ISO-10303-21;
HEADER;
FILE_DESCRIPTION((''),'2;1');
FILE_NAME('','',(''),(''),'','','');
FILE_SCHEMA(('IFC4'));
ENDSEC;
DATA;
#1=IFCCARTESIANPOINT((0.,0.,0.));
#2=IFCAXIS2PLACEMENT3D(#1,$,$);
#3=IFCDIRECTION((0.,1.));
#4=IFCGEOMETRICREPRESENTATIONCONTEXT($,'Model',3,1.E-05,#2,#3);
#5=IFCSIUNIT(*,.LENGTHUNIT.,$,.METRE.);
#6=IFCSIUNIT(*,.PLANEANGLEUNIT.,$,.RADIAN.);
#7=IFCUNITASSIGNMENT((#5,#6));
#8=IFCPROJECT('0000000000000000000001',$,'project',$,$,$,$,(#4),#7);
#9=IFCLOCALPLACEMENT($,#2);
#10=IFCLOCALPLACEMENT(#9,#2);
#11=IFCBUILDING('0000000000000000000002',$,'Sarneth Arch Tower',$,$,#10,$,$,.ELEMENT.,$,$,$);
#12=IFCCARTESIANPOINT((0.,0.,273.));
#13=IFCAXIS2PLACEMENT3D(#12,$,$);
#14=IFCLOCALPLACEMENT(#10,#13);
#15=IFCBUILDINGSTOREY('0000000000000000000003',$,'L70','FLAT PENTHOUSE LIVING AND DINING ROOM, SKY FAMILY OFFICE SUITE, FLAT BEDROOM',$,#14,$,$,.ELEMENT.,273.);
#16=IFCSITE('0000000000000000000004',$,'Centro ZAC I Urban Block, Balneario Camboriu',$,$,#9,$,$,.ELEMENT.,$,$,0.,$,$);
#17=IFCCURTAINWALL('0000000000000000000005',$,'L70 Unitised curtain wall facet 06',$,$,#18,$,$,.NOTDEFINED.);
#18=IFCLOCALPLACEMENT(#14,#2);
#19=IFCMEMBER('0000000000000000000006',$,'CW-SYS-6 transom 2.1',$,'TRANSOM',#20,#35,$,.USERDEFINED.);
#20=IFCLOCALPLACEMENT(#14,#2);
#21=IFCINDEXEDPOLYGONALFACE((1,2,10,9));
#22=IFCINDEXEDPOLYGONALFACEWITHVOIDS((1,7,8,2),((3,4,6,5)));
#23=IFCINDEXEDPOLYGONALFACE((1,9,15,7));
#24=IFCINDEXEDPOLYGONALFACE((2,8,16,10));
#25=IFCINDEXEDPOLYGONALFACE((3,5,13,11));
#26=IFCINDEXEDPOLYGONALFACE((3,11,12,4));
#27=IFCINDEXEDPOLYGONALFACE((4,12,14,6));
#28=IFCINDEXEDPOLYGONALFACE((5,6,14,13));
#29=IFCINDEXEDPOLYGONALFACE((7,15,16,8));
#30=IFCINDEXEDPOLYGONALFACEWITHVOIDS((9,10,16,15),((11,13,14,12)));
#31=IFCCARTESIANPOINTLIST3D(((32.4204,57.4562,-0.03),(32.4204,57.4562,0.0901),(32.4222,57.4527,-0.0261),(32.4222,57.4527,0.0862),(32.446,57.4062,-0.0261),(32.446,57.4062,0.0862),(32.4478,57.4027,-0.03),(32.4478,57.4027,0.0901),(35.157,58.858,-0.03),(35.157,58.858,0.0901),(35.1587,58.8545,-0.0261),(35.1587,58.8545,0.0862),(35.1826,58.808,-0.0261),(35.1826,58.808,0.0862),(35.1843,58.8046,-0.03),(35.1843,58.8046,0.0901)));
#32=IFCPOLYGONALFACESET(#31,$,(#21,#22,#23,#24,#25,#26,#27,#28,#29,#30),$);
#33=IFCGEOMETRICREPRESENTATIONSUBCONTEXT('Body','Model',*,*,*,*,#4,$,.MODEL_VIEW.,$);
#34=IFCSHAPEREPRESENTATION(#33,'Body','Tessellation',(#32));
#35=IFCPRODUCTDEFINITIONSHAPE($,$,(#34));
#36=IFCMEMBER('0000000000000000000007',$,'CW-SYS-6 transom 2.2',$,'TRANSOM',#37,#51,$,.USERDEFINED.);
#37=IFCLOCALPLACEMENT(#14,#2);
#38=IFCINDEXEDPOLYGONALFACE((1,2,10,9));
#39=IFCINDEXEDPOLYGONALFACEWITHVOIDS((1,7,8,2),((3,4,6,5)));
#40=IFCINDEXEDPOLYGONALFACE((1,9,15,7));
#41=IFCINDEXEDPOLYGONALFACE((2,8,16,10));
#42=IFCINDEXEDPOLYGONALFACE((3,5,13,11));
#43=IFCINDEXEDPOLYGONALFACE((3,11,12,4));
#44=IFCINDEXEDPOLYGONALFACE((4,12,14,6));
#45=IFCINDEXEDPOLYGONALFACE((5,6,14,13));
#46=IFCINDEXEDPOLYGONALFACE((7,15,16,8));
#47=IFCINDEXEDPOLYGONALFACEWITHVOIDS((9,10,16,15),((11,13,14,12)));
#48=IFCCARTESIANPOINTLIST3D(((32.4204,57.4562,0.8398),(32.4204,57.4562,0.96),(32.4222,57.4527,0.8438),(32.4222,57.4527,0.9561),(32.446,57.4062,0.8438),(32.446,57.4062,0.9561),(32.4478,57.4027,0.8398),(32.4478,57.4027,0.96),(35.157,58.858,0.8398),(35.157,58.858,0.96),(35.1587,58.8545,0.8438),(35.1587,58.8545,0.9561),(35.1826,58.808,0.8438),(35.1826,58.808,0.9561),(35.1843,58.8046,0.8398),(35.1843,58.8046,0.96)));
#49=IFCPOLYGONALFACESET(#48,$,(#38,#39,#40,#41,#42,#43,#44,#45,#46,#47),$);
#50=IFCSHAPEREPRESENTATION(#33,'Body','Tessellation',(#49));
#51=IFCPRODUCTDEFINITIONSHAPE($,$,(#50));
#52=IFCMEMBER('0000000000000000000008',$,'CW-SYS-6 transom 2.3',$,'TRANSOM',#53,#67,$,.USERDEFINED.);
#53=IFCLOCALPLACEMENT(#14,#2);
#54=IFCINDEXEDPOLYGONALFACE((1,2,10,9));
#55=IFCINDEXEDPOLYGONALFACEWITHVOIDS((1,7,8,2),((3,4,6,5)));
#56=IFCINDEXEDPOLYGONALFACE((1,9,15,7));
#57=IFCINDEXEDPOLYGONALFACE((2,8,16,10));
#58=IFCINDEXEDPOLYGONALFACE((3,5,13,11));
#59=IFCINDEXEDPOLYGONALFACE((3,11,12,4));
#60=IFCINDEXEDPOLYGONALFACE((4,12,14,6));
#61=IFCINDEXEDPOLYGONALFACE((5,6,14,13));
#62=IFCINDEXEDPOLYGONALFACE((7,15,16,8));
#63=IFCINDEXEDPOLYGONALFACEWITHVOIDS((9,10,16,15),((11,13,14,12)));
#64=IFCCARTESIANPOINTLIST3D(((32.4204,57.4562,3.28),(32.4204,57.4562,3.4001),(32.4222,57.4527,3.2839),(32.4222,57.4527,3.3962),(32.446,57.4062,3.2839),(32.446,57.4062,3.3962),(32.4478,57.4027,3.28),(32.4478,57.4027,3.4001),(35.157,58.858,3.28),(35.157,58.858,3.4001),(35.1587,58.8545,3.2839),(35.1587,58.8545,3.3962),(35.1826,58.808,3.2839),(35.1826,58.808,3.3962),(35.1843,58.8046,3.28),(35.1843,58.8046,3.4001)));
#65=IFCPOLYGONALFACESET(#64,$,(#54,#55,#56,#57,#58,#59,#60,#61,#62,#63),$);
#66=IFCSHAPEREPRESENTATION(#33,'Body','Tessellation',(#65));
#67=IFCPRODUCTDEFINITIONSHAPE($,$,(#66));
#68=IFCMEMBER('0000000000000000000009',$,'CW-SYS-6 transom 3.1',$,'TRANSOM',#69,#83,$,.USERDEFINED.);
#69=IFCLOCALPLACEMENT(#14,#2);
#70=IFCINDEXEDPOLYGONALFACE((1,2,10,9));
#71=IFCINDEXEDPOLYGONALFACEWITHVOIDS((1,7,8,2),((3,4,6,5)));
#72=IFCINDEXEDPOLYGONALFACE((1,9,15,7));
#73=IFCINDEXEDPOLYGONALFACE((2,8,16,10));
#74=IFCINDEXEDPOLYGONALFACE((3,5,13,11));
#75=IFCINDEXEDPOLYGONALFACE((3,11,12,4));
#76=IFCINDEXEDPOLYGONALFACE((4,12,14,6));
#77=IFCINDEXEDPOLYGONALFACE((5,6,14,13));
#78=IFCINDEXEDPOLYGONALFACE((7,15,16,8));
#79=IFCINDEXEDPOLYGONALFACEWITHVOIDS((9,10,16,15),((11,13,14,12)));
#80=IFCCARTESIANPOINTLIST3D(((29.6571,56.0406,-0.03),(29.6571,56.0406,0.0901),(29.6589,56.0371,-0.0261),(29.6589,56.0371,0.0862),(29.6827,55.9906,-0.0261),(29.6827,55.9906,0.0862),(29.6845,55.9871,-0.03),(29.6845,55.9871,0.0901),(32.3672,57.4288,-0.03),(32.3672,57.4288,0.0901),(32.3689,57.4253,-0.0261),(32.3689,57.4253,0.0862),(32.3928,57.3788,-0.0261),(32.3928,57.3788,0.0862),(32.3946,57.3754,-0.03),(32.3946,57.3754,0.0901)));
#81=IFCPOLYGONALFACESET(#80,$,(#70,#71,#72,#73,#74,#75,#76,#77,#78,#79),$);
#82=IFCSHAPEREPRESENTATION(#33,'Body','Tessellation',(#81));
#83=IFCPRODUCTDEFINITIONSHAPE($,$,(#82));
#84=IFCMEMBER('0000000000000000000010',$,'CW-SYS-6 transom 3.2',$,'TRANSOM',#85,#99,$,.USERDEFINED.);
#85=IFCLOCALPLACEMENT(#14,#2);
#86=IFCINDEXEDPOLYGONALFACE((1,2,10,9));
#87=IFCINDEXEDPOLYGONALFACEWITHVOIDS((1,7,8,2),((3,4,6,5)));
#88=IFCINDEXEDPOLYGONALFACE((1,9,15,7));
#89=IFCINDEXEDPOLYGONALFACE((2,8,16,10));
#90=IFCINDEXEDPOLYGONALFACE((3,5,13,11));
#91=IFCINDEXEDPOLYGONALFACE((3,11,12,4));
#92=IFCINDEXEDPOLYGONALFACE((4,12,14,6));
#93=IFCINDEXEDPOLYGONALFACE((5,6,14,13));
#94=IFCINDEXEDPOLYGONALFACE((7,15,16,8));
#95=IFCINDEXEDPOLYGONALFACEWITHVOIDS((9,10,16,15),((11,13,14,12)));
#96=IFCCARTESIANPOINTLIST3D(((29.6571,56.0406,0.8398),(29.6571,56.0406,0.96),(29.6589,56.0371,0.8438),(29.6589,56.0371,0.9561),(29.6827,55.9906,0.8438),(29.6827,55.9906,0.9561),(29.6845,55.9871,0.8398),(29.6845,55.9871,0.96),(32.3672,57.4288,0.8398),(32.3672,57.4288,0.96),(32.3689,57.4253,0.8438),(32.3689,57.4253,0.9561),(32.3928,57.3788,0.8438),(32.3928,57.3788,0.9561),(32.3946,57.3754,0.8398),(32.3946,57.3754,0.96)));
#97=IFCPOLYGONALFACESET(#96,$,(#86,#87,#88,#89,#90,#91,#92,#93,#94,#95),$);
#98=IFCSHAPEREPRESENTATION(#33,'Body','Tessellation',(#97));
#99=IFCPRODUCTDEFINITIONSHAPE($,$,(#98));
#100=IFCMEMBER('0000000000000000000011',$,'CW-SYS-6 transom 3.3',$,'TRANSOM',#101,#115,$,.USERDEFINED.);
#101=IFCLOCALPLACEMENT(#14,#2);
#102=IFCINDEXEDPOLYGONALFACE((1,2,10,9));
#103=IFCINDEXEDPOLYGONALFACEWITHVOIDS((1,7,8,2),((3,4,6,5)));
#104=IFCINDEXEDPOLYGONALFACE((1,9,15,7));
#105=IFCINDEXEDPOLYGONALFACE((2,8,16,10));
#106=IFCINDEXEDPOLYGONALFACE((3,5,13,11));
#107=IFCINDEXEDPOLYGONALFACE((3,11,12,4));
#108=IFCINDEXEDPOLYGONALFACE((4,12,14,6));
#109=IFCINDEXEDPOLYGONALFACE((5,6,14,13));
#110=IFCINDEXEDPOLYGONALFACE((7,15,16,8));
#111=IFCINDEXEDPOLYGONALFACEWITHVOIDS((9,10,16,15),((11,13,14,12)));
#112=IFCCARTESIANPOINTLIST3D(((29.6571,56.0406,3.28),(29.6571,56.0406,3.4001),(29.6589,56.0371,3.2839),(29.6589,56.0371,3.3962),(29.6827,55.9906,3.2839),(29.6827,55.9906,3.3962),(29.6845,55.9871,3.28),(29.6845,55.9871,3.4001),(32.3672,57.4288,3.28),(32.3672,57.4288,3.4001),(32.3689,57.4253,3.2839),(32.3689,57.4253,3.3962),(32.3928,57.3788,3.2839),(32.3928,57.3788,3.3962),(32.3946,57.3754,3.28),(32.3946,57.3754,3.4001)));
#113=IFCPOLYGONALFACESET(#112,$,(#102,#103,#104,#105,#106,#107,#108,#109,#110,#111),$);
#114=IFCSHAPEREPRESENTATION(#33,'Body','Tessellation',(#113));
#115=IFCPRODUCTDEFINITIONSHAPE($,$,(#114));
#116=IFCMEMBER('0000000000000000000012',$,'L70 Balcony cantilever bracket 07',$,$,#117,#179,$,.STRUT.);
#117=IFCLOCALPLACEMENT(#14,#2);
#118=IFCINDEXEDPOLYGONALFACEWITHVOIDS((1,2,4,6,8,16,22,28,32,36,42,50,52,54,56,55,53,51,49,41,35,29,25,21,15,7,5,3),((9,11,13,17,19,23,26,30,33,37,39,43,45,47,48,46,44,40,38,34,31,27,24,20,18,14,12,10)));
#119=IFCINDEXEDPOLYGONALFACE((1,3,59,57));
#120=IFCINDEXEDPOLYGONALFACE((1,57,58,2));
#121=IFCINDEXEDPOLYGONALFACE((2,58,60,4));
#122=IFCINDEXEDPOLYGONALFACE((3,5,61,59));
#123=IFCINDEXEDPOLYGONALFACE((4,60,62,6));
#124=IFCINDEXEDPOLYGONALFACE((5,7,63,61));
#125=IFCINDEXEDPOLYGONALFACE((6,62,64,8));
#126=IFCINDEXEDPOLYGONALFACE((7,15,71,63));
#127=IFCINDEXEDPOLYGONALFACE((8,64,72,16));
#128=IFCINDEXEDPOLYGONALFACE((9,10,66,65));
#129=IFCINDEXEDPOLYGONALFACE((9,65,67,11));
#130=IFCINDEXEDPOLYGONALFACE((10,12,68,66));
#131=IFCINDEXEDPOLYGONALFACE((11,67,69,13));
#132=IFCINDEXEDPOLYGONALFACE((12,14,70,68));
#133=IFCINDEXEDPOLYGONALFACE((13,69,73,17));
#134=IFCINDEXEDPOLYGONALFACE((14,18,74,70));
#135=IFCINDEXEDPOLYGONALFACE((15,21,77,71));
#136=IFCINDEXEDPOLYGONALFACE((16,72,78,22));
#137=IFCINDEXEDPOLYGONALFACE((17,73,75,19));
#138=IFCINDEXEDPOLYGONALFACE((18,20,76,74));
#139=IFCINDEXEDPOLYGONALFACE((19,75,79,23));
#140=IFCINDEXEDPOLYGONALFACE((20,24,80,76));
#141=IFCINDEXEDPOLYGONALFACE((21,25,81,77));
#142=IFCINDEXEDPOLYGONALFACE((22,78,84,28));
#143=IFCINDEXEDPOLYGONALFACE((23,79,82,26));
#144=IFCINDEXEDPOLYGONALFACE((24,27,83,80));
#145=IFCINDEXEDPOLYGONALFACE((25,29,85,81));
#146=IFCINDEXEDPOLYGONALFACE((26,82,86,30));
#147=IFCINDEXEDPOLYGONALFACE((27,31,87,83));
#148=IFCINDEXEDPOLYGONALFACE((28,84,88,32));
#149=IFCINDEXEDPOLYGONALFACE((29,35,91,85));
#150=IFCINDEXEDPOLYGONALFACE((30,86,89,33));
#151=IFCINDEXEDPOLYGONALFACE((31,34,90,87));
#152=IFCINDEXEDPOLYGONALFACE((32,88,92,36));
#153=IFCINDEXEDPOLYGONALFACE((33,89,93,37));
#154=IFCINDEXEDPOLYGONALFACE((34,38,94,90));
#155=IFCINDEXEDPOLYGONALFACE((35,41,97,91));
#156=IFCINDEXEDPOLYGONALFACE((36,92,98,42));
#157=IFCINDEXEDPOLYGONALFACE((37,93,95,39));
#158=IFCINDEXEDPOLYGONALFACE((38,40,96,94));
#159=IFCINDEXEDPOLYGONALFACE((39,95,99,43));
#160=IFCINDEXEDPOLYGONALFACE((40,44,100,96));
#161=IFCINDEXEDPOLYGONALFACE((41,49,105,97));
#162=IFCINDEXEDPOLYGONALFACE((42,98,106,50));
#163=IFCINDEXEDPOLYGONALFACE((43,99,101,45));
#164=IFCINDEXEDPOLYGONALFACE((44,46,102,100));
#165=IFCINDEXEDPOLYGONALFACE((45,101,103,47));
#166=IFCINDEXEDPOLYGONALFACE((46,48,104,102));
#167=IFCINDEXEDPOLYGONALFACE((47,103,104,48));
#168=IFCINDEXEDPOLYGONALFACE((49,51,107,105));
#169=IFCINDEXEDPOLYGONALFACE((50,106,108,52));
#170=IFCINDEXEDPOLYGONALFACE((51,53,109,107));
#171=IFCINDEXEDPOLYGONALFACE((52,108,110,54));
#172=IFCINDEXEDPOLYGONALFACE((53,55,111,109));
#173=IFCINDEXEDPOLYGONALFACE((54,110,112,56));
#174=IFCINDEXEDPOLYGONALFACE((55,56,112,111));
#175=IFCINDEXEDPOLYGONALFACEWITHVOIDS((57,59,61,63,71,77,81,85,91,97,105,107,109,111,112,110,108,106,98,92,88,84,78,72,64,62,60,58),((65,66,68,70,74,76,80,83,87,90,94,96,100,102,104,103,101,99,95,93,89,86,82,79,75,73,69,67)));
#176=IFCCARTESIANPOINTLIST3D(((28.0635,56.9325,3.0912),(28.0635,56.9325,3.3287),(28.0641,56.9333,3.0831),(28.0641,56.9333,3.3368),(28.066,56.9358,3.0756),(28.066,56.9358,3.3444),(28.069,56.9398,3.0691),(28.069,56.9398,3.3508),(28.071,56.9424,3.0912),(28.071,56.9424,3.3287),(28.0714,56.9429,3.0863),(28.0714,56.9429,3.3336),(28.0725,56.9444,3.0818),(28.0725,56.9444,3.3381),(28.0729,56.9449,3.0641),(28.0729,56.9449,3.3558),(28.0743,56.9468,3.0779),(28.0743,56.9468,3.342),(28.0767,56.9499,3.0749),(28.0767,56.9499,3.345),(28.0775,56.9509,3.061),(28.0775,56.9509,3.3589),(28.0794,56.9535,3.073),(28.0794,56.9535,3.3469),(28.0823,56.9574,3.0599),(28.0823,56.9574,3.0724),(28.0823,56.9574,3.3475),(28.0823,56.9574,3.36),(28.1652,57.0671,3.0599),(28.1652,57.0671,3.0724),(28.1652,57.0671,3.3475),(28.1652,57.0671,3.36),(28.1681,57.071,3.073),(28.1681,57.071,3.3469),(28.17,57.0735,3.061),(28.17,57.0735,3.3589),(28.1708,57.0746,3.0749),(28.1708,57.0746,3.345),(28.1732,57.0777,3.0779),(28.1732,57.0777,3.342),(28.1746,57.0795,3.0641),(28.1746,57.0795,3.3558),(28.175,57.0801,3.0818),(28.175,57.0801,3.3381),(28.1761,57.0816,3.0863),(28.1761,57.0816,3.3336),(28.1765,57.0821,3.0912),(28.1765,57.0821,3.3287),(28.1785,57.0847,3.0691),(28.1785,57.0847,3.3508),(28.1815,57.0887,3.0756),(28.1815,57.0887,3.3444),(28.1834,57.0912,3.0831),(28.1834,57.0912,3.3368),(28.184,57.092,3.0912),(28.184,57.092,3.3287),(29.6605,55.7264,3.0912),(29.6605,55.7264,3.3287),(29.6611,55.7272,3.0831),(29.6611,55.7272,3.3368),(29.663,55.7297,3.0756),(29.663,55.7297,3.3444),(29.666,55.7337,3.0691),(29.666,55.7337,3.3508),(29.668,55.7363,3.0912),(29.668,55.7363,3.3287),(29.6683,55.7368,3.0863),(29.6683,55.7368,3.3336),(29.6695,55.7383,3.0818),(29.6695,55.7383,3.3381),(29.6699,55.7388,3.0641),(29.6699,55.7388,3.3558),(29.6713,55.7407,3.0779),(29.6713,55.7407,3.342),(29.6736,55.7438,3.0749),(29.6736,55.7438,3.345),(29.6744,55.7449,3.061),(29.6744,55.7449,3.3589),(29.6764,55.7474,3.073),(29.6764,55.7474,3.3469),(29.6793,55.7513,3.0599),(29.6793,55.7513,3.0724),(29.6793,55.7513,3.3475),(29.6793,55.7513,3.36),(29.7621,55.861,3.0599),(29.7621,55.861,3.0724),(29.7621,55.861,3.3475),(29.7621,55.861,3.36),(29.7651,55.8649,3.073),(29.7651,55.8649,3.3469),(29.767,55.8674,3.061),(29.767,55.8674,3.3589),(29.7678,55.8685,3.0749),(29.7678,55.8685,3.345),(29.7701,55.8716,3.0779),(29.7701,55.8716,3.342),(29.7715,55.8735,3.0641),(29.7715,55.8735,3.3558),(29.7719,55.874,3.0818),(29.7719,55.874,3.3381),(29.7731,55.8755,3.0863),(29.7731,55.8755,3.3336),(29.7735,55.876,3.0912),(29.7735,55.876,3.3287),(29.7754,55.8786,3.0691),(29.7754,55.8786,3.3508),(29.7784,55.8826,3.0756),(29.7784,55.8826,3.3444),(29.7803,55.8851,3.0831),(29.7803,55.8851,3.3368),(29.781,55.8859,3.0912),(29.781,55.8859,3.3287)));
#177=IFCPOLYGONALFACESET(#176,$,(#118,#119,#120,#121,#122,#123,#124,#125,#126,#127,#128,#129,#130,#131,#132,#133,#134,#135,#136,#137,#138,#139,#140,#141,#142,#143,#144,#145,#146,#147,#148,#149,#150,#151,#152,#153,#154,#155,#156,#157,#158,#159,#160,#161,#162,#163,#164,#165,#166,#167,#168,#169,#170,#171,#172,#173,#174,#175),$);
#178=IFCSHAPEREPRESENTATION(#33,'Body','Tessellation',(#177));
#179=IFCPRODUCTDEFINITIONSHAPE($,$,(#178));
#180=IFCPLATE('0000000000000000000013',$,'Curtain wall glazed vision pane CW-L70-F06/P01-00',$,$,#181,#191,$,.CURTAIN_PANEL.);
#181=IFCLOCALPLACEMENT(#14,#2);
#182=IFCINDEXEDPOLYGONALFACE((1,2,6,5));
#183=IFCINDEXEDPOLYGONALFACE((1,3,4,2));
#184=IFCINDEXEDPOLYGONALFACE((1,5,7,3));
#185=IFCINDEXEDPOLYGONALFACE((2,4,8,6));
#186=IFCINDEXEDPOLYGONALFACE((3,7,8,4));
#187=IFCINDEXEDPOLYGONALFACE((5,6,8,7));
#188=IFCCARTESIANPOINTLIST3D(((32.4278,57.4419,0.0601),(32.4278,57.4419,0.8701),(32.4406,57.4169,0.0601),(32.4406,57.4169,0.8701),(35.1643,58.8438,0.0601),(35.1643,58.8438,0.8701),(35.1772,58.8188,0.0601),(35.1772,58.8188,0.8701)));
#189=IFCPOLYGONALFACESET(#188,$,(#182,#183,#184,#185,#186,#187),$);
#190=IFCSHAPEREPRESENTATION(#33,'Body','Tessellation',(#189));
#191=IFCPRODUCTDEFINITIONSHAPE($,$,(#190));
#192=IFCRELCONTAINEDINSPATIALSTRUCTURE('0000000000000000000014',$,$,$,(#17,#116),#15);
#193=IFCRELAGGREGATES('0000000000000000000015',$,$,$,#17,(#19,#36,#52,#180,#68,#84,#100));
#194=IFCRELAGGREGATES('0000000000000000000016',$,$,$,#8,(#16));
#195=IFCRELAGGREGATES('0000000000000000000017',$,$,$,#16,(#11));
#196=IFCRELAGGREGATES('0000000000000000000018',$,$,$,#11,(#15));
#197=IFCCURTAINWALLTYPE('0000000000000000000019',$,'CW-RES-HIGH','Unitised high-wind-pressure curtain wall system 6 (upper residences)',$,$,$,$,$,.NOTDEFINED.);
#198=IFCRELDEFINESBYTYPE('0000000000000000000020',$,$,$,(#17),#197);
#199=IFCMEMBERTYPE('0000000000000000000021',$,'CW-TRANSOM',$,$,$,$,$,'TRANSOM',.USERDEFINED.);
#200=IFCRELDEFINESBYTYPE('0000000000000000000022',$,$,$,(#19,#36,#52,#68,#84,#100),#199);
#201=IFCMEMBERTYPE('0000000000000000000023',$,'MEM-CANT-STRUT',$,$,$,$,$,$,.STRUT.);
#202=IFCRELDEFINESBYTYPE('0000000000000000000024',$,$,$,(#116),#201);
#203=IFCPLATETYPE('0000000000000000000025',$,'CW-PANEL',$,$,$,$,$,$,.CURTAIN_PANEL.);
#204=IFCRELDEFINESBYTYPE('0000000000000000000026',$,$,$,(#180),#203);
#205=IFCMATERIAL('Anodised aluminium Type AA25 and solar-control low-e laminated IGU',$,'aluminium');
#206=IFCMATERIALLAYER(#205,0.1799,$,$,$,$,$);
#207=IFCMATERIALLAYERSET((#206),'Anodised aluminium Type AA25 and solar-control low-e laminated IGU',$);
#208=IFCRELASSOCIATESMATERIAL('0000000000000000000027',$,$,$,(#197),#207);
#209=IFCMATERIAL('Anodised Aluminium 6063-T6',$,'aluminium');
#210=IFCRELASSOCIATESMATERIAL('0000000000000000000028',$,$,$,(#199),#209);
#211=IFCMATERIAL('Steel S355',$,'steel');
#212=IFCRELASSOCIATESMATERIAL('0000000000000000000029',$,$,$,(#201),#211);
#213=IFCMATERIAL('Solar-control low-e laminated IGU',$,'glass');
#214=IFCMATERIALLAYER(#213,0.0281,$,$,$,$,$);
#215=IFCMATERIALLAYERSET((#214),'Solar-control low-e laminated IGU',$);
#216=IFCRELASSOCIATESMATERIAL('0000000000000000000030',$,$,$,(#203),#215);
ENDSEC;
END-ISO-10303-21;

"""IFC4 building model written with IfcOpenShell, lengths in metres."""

from ifc_helpers import new_model, si_unit, direction, frame, origin, origin_2d, place, context, subcontext, project, spatial, rectangle, hollow_rectangle, extrude, material, layer, layer_set, material_profile, profile_set, type_object, element, aggregate, save


model = new_model("IFC4")

# Units and contexts
model_context = context("Model", 3, precision=1e-05, world=origin(), true_north=direction((0.0, 1.0)))
body_context = subcontext(model_context, "Body", "Model", "MODEL_VIEW")
ifc_project = project(units=[si_unit("LENGTHUNIT", "METRE"), si_unit("PLANEANGLEUNIT", "RADIAN")], contexts=[model_context])

# Site, building, storey
site_placement = place(None, origin())
site = spatial("IfcSite", under=ifc_project, at=site_placement, Name="Centro ZAC I Urban Block, Balneario Camboriu", CompositionType="ELEMENT", RefElevation=0.0)
building_placement = place(site_placement, origin())
building = spatial("IfcBuilding", under=site, at=building_placement, Name="Sarneth Arch Tower", CompositionType="ELEMENT")
storey_placement = place(building_placement, frame((0.0, 0.0, 273.0)))
storey = spatial("IfcBuildingStorey", under=building, at=storey_placement, Name="L70", Description="FLAT PENTHOUSE LIVING AND DINING ROOM, SKY FAMILY OFFICE SUITE, FLAT BEDROOM", CompositionType="ELEMENT", Elevation=273.0)

# Curtain wall, members
ifc_material_1 = material(Name="Anodised aluminium Type AA25 and solar-control low-e laminated IGU", Category="aluminium")
ifc_layer_1 = layer(ifc_material_1, 0.1799)
ifc_layer_set_1 = layer_set([ifc_layer_1], Name="Anodised aluminium Type AA25 and solar-control low-e laminated IGU")
curtain_wall_type = type_object("IfcCurtainWallType", Name="CW-RES-HIGH", Description="Unitised high-wind-pressure curtain wall system 6 (upper residences)", PredefinedType="NOTDEFINED", material=ifc_layer_set_1)
curtain_wall_placement = place(storey_placement, origin())
curtain_wall = element("IfcCurtainWall", 1, at=curtain_wall_placement, inside=storey, type_object=curtain_wall_type, Name="L70 Unitised curtain wall facet 06", PredefinedType="NOTDEFINED")
ifc_material_2 = material(Name="Anodised Aluminium 6063-T6", Category="aluminium")
ifc_material_profile_1 = material_profile(ifc_material_2, hollow_rectangle(XDim=0.0601, YDim=0.1201, WallThickness=0.0039, at=origin_2d()), Name="AL-TRAN-120x60x4")
ifc_profile_set_1 = profile_set([ifc_material_profile_1], Name="Anodised Aluminium 6063-T6")
member_type_1 = type_object("IfcMemberType", Name="CW-TRANSOM", ElementType="TRANSOM", PredefinedType="USERDEFINED", material=ifc_profile_set_1)
member_1_placement = place(storey_placement, frame((35.1707, 58.8313, 0.03), z_axis=(-0.890017, -0.455926, 0.0), x_axis=(0.455926, -0.890017, 0.0)))
member_1 = element("IfcMember", 2, at=member_1_placement, type_object=member_type_1, Name="CW-SYS-6 transom 2.1", ObjectType="TRANSOM", PredefinedType="USERDEFINED", context=body_context, shape_type="SweptSolid", body=[
    extrude(hollow_rectangle(XDim=0.0601, YDim=0.1201, WallThickness=0.0039, at=origin_2d()), origin(), (0.0, 0.0, 1.0), 3.0747),
])
member_2_placement = place(storey_placement, frame((35.1707, 58.8313, 0.8999), z_axis=(-0.890017, -0.455926, 0.0), x_axis=(0.455926, -0.890017, 0.0)))
member_2 = element("IfcMember", 3, at=member_2_placement, type_object=member_type_1, Name="CW-SYS-6 transom 2.2", ObjectType="TRANSOM", PredefinedType="USERDEFINED", context=body_context, shape_type="SweptSolid", body=[
    extrude(hollow_rectangle(XDim=0.0601, YDim=0.1201, WallThickness=0.0039, at=origin_2d()), origin(), (0.0, 0.0, 1.0), 3.0747),
])
member_3_placement = place(storey_placement, frame((35.1707, 58.8313, 3.3401), z_axis=(-0.890017, -0.455926, 0.0), x_axis=(0.455926, -0.890017, 0.0)))
member_3 = element("IfcMember", 4, at=member_3_placement, type_object=member_type_1, Name="CW-SYS-6 transom 2.3", ObjectType="TRANSOM", PredefinedType="USERDEFINED", context=body_context, shape_type="SweptSolid", body=[
    extrude(hollow_rectangle(XDim=0.0601, YDim=0.1201, WallThickness=0.0039, at=origin_2d()), origin(), (0.0, 0.0, 1.0), 3.0747),
])
member_4_placement = place(storey_placement, frame((32.3809, 57.4021, 0.03), z_axis=(-0.890023, -0.455916, 0.0), x_axis=(0.455916, -0.890023, 0.0)))
member_4 = element("IfcMember", 5, at=member_4_placement, type_object=member_type_1, Name="CW-SYS-6 transom 3.1", ObjectType="TRANSOM", PredefinedType="USERDEFINED", context=body_context, shape_type="SweptSolid", body=[
    extrude(hollow_rectangle(XDim=0.0601, YDim=0.1201, WallThickness=0.0039, at=origin_2d()), origin(), (0.0, 0.0, 1.0), 3.0449),
])
member_5_placement = place(storey_placement, frame((32.3809, 57.4021, 0.8999), z_axis=(-0.890023, -0.455916, 0.0), x_axis=(0.455916, -0.890023, 0.0)))
member_5 = element("IfcMember", 6, at=member_5_placement, type_object=member_type_1, Name="CW-SYS-6 transom 3.2", ObjectType="TRANSOM", PredefinedType="USERDEFINED", context=body_context, shape_type="SweptSolid", body=[
    extrude(hollow_rectangle(XDim=0.0601, YDim=0.1201, WallThickness=0.0039, at=origin_2d()), origin(), (0.0, 0.0, 1.0), 3.0449),
])
member_6_placement = place(storey_placement, frame((32.3809, 57.4021, 3.3401), z_axis=(-0.890023, -0.455916, 0.0), x_axis=(0.455916, -0.890023, 0.0)))
member_6 = element("IfcMember", 7, at=member_6_placement, type_object=member_type_1, Name="CW-SYS-6 transom 3.3", ObjectType="TRANSOM", PredefinedType="USERDEFINED", context=body_context, shape_type="SweptSolid", body=[
    extrude(hollow_rectangle(XDim=0.0601, YDim=0.1201, WallThickness=0.0039, at=origin_2d()), origin(), (0.0, 0.0, 1.0), 3.0449),
])

# Member
ifc_material_3 = material(Name="Steel S355", Category="steel")
ifc_material_profile_2 = material_profile(ifc_material_3, hollow_rectangle(XDim=0.2, YDim=0.3, WallThickness=0.0125, InnerFilletRadius=0.0188, OuterFilletRadius=0.0312, at=origin_2d()), Name="RHS300x200x12.5")
ifc_profile_set_2 = profile_set([ifc_material_profile_2], Name="Steel S355")
member_type_2 = type_object("IfcMemberType", Name="MEM-CANT-STRUT", PredefinedType="STRUT", material=ifc_profile_set_2)
member_7_placement = place(storey_placement, frame((29.7207, 55.8062, 3.21), z_axis=(-0.79799, 0.602671, 0.0), x_axis=(-0.602671, -0.79799, 0.0)))
element("IfcMember", 8, at=member_7_placement, inside=storey, type_object=member_type_2, Name="L70 Balcony cantilever bracket 07", PredefinedType="STRUT", context=body_context, shape_type="SweptSolid", body=[
    extrude(hollow_rectangle(XDim=0.2, YDim=0.3, WallThickness=0.0125, InnerFilletRadius=0.0188, OuterFilletRadius=0.0312, at=origin_2d()), origin(), (0.0, 0.0, 1.0), 2.0012),
])

# Plate
ifc_material_4 = material(Name="Solar-control low-e laminated IGU", Category="glass")
ifc_layer_2 = layer(ifc_material_4, 0.0281)
ifc_layer_set_2 = layer_set([ifc_layer_2], Name="Solar-control low-e laminated IGU")
plate_type_1 = type_object("IfcPlateType", Name="CW-PANEL", PredefinedType="CURTAIN_PANEL", material=ifc_layer_set_2)
plate_1_placement = place(storey_placement, frame((33.8025, 58.1304, 0.0601), z_axis=(0.0, 0.0, 1.0), x_axis=(-0.89001, -0.455942, 0.0)))
plate_1 = element("IfcPlate", 9, at=plate_1_placement, type_object=plate_type_1, Name="Curtain wall glazed vision pane CW-L70-F06/P01-00", PredefinedType="CURTAIN_PANEL", context=body_context, shape_type="SweptSolid", body=[
    extrude(rectangle(XDim=3.0747, YDim=0.0281, at=origin_2d()), origin(), (0.0, 0.0, 1.0), 0.8101),
])
aggregate(curtain_wall, [member_1, member_2, member_3, plate_1, member_4, member_5, member_6])

save(model, "model.ifc")
